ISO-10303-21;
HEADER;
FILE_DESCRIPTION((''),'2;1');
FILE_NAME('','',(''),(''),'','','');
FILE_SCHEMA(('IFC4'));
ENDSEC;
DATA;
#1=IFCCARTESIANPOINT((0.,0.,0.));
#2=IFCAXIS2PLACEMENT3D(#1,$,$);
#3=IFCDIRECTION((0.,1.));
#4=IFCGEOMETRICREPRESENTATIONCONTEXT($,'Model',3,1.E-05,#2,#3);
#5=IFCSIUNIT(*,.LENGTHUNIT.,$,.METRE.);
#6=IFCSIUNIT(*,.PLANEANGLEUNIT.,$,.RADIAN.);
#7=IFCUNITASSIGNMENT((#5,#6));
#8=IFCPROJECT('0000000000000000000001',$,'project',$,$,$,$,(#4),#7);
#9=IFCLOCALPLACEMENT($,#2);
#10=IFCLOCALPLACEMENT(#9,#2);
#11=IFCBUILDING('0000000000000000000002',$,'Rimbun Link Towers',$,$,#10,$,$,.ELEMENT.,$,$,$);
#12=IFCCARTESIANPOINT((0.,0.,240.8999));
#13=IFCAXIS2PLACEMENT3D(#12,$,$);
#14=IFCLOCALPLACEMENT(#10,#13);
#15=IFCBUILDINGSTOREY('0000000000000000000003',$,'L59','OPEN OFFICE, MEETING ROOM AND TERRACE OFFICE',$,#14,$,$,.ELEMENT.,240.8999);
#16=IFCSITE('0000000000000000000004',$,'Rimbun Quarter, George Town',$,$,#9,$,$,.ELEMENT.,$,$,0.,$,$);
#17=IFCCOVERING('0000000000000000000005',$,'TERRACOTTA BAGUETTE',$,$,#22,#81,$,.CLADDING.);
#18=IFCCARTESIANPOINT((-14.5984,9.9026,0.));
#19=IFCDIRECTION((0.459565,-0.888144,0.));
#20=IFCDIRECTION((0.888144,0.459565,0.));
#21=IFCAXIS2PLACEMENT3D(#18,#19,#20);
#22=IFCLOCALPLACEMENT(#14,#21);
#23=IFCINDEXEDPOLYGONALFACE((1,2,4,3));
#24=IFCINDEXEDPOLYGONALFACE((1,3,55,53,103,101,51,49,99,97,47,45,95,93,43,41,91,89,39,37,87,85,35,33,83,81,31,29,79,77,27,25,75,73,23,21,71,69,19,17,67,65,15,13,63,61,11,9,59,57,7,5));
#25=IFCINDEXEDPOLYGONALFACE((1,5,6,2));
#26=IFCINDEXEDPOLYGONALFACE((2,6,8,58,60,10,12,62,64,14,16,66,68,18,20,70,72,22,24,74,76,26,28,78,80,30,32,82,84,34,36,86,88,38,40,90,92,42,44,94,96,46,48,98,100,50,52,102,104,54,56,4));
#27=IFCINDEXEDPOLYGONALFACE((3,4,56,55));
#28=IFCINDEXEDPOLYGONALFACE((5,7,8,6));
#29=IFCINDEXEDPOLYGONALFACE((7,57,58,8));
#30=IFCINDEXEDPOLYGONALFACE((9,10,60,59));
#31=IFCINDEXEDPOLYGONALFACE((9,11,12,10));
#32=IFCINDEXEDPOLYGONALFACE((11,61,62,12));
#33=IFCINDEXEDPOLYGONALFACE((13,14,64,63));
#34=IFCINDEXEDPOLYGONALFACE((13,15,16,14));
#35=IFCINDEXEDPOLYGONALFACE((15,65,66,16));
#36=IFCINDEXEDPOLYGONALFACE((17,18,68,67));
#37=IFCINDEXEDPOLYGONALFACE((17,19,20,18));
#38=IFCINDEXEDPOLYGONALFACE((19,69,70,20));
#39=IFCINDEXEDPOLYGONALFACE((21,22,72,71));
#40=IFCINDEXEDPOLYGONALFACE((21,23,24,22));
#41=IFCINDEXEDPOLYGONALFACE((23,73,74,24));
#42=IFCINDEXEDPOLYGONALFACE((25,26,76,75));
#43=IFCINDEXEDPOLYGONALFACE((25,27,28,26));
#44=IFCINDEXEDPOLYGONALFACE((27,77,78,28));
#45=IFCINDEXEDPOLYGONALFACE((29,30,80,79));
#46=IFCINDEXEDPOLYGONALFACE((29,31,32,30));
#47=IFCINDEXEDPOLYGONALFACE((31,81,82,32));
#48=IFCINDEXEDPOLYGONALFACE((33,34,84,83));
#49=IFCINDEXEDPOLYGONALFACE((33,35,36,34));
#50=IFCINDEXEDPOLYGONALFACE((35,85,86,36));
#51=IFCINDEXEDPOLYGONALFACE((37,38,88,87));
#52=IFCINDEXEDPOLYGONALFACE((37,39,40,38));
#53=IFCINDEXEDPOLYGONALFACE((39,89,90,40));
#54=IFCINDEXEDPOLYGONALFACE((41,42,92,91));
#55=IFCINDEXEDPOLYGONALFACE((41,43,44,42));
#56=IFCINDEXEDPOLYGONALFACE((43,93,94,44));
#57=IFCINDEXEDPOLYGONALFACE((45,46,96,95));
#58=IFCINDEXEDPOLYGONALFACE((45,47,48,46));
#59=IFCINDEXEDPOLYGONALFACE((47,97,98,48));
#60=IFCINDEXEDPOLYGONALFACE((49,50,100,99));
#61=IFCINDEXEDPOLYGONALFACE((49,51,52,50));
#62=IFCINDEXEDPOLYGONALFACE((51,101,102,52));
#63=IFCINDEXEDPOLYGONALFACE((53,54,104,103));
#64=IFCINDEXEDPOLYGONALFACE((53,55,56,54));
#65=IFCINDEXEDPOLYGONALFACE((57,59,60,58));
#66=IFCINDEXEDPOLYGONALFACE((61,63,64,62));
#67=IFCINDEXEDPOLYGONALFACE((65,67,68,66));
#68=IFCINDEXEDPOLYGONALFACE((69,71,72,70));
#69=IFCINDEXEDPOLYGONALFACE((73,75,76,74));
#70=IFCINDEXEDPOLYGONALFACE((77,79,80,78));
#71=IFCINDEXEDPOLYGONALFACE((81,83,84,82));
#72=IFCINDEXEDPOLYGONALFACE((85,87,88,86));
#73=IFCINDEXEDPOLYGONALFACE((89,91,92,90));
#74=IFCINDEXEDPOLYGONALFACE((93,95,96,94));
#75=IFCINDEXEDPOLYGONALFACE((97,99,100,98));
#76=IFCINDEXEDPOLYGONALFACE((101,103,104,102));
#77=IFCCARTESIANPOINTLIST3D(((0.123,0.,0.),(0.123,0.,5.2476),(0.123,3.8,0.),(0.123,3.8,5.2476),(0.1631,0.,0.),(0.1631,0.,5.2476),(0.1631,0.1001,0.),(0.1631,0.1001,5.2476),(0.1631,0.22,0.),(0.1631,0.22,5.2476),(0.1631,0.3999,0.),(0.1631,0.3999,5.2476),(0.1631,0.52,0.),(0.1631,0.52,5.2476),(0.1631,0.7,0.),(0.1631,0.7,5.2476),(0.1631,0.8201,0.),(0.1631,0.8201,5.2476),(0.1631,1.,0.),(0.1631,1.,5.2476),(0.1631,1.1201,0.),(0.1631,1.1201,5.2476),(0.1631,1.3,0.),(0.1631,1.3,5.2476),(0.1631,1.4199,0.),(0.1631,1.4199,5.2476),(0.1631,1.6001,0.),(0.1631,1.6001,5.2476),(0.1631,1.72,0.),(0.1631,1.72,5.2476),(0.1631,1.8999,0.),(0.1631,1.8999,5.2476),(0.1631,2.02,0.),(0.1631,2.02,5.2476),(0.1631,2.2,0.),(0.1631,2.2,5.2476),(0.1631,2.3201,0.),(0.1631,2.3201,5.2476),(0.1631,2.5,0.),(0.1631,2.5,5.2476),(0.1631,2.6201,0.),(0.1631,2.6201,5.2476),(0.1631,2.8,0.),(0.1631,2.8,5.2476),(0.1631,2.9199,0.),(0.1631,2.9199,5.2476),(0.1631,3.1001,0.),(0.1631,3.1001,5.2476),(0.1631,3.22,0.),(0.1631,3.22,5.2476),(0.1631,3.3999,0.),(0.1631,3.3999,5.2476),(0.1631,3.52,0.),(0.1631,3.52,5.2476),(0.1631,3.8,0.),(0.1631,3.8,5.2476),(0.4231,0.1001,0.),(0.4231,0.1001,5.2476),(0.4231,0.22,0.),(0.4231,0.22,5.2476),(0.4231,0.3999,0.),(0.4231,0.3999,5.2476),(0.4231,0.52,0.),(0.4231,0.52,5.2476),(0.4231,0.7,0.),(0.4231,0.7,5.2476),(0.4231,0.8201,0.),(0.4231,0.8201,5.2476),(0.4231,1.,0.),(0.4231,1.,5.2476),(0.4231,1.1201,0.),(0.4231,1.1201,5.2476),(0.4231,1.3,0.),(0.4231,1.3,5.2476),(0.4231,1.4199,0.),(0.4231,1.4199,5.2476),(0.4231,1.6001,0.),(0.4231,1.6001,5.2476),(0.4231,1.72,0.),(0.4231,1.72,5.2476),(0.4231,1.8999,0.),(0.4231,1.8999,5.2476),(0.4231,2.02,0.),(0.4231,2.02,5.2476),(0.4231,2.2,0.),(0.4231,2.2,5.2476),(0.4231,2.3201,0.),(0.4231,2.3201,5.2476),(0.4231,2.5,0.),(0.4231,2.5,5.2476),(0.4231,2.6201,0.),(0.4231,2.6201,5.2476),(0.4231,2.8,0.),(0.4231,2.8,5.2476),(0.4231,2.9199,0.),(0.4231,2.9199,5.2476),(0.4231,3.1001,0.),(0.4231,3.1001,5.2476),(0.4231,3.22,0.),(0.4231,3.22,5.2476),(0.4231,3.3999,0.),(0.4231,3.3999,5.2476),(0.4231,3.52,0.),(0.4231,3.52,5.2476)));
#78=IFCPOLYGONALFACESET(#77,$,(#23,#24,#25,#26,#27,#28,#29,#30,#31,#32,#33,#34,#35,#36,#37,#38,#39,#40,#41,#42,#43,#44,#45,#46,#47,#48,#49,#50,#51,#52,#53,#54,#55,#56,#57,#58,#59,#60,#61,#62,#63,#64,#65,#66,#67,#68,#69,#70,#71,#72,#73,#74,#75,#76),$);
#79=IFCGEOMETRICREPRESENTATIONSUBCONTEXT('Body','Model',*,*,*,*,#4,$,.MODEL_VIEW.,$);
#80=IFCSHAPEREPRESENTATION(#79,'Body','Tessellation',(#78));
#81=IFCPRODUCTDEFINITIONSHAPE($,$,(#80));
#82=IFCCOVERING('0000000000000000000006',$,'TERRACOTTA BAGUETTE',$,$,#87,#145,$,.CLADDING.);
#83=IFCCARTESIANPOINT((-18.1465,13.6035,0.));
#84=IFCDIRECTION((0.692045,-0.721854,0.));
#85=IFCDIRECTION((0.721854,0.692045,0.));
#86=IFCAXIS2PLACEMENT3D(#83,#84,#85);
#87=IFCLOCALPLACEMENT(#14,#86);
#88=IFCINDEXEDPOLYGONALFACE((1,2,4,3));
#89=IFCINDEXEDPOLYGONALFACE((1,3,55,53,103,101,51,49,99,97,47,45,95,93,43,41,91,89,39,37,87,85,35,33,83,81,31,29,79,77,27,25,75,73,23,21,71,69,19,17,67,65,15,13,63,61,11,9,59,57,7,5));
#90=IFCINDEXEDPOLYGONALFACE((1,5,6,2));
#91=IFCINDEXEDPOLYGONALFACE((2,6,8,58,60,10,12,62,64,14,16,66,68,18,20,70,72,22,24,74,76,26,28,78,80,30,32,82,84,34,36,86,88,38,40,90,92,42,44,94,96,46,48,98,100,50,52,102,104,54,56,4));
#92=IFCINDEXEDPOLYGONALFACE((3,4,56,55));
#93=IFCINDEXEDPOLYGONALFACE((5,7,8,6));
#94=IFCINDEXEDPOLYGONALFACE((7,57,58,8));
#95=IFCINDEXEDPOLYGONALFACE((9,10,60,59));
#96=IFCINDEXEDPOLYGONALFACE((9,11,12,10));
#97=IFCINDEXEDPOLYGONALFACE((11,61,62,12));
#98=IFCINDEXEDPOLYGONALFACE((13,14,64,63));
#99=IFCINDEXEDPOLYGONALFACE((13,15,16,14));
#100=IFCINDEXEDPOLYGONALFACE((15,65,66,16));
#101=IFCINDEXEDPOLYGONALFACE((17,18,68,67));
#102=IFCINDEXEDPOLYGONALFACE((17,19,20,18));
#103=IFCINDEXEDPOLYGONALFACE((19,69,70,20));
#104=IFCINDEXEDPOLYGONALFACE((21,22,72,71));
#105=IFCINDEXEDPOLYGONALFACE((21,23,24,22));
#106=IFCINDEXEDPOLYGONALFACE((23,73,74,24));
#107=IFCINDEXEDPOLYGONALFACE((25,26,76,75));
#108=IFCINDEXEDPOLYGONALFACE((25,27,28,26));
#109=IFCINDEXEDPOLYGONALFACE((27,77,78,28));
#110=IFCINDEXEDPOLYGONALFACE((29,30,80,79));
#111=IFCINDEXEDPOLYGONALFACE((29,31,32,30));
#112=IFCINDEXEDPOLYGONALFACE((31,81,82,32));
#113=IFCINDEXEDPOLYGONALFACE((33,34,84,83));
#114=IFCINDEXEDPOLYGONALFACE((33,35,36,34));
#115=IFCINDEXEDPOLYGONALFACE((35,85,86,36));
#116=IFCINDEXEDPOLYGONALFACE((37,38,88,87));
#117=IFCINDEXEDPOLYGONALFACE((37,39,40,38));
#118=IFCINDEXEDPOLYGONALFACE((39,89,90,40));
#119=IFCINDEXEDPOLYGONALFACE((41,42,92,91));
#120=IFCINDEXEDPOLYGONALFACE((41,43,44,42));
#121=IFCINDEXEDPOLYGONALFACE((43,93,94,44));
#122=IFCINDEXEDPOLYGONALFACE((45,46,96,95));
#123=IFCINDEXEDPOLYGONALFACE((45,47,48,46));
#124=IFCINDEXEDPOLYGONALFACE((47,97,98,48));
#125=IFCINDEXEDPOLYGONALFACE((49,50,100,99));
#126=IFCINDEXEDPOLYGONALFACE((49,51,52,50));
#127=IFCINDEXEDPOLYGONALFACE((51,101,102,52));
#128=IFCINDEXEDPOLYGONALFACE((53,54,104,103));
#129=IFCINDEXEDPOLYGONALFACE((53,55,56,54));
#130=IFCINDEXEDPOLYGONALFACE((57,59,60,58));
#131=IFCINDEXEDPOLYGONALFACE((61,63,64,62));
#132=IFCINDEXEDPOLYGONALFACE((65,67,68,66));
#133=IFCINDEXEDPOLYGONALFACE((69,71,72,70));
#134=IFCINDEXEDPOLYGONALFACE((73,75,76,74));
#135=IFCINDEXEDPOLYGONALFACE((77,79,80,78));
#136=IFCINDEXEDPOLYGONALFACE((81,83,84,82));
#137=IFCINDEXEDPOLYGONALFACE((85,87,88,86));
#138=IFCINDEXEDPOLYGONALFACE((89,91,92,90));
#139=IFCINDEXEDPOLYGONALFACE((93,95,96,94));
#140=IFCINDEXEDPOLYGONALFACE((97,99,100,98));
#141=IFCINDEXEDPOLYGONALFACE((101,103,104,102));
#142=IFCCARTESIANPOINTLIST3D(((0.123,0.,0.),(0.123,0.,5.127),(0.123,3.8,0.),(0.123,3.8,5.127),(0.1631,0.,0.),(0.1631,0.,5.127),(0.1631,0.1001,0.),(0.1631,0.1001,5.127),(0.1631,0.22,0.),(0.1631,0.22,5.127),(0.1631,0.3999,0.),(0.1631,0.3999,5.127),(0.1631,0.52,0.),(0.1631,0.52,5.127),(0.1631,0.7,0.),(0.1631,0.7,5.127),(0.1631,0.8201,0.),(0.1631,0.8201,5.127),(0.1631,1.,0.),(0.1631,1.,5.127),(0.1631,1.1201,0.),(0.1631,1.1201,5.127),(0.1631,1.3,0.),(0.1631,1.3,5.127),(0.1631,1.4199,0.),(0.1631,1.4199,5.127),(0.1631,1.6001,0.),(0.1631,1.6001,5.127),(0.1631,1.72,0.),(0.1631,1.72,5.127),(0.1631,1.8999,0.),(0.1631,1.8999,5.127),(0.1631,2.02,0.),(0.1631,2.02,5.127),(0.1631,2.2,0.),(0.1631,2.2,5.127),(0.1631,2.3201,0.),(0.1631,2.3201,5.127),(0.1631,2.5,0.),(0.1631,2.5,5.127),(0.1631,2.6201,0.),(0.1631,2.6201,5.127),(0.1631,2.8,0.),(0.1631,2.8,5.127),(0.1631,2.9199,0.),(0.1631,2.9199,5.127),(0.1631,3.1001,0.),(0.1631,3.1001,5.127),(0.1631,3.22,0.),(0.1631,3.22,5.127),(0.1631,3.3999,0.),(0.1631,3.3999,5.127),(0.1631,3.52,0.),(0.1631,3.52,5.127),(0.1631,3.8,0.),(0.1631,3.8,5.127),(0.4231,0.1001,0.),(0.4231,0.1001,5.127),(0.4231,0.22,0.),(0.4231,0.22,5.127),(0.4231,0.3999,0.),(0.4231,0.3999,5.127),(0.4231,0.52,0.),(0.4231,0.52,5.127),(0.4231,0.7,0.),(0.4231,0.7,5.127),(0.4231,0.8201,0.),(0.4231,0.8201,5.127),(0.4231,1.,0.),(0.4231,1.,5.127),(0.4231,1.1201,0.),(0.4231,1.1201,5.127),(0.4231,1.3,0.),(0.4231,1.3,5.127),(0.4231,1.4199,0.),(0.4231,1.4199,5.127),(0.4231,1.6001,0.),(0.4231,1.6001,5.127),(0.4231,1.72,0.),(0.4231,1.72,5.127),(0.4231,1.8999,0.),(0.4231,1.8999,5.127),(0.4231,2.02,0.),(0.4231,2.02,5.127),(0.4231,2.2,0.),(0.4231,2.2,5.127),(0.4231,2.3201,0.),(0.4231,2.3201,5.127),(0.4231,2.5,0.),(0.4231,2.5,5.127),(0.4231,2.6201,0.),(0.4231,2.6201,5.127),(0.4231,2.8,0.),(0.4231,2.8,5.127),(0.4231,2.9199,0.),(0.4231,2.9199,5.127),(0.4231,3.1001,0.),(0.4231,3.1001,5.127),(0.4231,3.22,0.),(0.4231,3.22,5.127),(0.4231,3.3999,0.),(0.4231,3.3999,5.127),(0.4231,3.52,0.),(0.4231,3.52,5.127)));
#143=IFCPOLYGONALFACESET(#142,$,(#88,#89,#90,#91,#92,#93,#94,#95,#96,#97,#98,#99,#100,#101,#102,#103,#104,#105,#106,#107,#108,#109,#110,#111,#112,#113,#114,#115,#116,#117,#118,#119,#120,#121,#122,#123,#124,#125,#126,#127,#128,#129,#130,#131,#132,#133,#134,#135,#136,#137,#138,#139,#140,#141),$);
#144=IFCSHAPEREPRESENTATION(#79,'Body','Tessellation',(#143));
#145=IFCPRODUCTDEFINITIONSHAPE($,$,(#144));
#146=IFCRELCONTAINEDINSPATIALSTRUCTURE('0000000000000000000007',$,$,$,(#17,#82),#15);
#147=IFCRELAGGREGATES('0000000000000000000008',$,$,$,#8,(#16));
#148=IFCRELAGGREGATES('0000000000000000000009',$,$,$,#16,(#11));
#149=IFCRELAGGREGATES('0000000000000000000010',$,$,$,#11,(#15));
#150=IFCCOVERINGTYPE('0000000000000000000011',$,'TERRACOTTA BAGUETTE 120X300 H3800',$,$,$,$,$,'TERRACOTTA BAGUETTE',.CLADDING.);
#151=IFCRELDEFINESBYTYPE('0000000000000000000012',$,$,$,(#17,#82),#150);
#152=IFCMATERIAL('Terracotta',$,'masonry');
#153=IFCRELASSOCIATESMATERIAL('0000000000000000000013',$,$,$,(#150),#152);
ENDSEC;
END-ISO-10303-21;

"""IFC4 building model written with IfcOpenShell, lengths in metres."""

from ifc_helpers import new_model, si_unit, direction, frame, origin, place, context, subcontext, project, spatial, polyline, outline, extrude, material, material_profile, profile_set, type_object, element, save


model = new_model("IFC4")

# Units and contexts
model_context = context("Model", 3, precision=1e-05, world=origin(), true_north=direction((0.0, 1.0)))
body_context = subcontext(model_context, "Body", "Model", "MODEL_VIEW")
ifc_project = project(units=[si_unit("LENGTHUNIT", "METRE"), si_unit("PLANEANGLEUNIT", "RADIAN")], contexts=[model_context])

# Site, building, storey
site_placement = place(None, origin())
site = spatial("IfcSite", under=ifc_project, at=site_placement, Name="Rimbun Quarter, George Town", CompositionType="ELEMENT", RefElevation=0.0)
building_placement = place(site_placement, origin())
building = spatial("IfcBuilding", under=site, at=building_placement, Name="Rimbun Link Towers", CompositionType="ELEMENT")
storey_placement = place(building_placement, frame((0.0, 0.0, 240.8999)))
storey = spatial("IfcBuildingStorey", under=building, at=storey_placement, Name="L59", Description="OPEN OFFICE, MEETING ROOM AND TERRACE OFFICE", CompositionType="ELEMENT", Elevation=240.8999)

# Coverings
ifc_material_1 = material(Name="Terracotta", Category="masonry")
ifc_material_profile_1 = material_profile(ifc_material_1, outline(polyline([(0.123, 0.0), (0.1631, 0.0), (0.1631, 0.1001), (0.4231, 0.1001), (0.4231, 0.22), (0.1631, 0.22), (0.1631, 0.3999), (0.4231, 0.3999), (0.4231, 0.52), (0.1631, 0.52), (0.1631, 0.7), (0.4231, 0.7), (0.4231, 0.8201), (0.1631, 0.8201), (0.1631, 1.0), (0.4231, 1.0), (0.4231, 1.1201), (0.1631, 1.1201), (0.1631, 1.3), (0.4231, 1.3), (0.4231, 1.4199), (0.1631, 1.4199), (0.1631, 1.6001), (0.4231, 1.6001), (0.4231, 1.72), (0.1631, 1.72), (0.1631, 1.8999), (0.4231, 1.8999), (0.4231, 2.02), (0.1631, 2.02), (0.1631, 2.2), (0.4231, 2.2), (0.4231, 2.3201), (0.1631, 2.3201), (0.1631, 2.5), (0.4231, 2.5), (0.4231, 2.6201), (0.1631, 2.6201), (0.1631, 2.8), (0.4231, 2.8), (0.4231, 2.9199), (0.1631, 2.9199), (0.1631, 3.1001), (0.4231, 3.1001), (0.4231, 3.22), (0.1631, 3.22), (0.1631, 3.3999), (0.4231, 3.3999), (0.4231, 3.52), (0.1631, 3.52), (0.1631, 3.8), (0.123, 3.8), (0.123, 0.0)])), Name="BAGUETTE 120X300")
ifc_profile_set_1 = profile_set([ifc_material_profile_1], Name="Terracotta")
covering_type = type_object("IfcCoveringType", Name="TERRACOTTA BAGUETTE 120X300 H3800", ElementType="TERRACOTTA BAGUETTE", PredefinedType="CLADDING", material=ifc_profile_set_1)
covering_1_placement = place(storey_placement, frame((-14.5984, 9.9026, 0.0), z_axis=(0.459565, -0.888144, 0.0), x_axis=(0.888144, 0.459565, 0.0)))
element("IfcCovering", 1, at=covering_1_placement, inside=storey, type_object=covering_type, Name="TERRACOTTA BAGUETTE", PredefinedType="CLADDING", context=body_context, shape_type="SweptSolid", body=[
    extrude(outline(polyline([(0.123, 0.0), (0.1631, 0.0), (0.1631, 0.1001), (0.4231, 0.1001), (0.4231, 0.22), (0.1631, 0.22), (0.1631, 0.3999), (0.4231, 0.3999), (0.4231, 0.52), (0.1631, 0.52), (0.1631, 0.7), (0.4231, 0.7), (0.4231, 0.8201), (0.1631, 0.8201), (0.1631, 1.0), (0.4231, 1.0), (0.4231, 1.1201), (0.1631, 1.1201), (0.1631, 1.3), (0.4231, 1.3), (0.4231, 1.4199), (0.1631, 1.4199), (0.1631, 1.6001), (0.4231, 1.6001), (0.4231, 1.72), (0.1631, 1.72), (0.1631, 1.8999), (0.4231, 1.8999), (0.4231, 2.02), (0.1631, 2.02), (0.1631, 2.2), (0.4231, 2.2), (0.4231, 2.3201), (0.1631, 2.3201), (0.1631, 2.5), (0.4231, 2.5), (0.4231, 2.6201), (0.1631, 2.6201), (0.1631, 2.8), (0.4231, 2.8), (0.4231, 2.9199), (0.1631, 2.9199), (0.1631, 3.1001), (0.4231, 3.1001), (0.4231, 3.22), (0.1631, 3.22), (0.1631, 3.3999), (0.4231, 3.3999), (0.4231, 3.52), (0.1631, 3.52), (0.1631, 3.8), (0.123, 3.8), (0.123, 0.0)])), origin(), (0.0, 0.0, 1.0), 5.2476),
])
covering_2_placement = place(storey_placement, frame((-18.1465, 13.6035, 0.0), z_axis=(0.692045, -0.721854, 0.0), x_axis=(0.721854, 0.692045, 0.0)))
element("IfcCovering", 2, at=covering_2_placement, inside=storey, type_object=covering_type, Name="TERRACOTTA BAGUETTE", PredefinedType="CLADDING", context=body_context, shape_type="SweptSolid", body=[
    extrude(outline(polyline([(0.123, 0.0), (0.1631, 0.0), (0.1631, 0.1001), (0.4231, 0.1001), (0.4231, 0.22), (0.1631, 0.22), (0.1631, 0.3999), (0.4231, 0.3999), (0.4231, 0.52), (0.1631, 0.52), (0.1631, 0.7), (0.4231, 0.7), (0.4231, 0.8201), (0.1631, 0.8201), (0.1631, 1.0), (0.4231, 1.0), (0.4231, 1.1201), (0.1631, 1.1201), (0.1631, 1.3), (0.4231, 1.3), (0.4231, 1.4199), (0.1631, 1.4199), (0.1631, 1.6001), (0.4231, 1.6001), (0.4231, 1.72), (0.1631, 1.72), (0.1631, 1.8999), (0.4231, 1.8999), (0.4231, 2.02), (0.1631, 2.02), (0.1631, 2.2), (0.4231, 2.2), (0.4231, 2.3201), (0.1631, 2.3201), (0.1631, 2.5), (0.4231, 2.5), (0.4231, 2.6201), (0.1631, 2.6201), (0.1631, 2.8), (0.4231, 2.8), (0.4231, 2.9199), (0.1631, 2.9199), (0.1631, 3.1001), (0.4231, 3.1001), (0.4231, 3.22), (0.1631, 3.22), (0.1631, 3.3999), (0.4231, 3.3999), (0.4231, 3.52), (0.1631, 3.52), (0.1631, 3.8), (0.123, 3.8), (0.123, 0.0)])), origin(), (0.0, 0.0, 1.0), 5.127),
])

save(model, "model.ifc")
